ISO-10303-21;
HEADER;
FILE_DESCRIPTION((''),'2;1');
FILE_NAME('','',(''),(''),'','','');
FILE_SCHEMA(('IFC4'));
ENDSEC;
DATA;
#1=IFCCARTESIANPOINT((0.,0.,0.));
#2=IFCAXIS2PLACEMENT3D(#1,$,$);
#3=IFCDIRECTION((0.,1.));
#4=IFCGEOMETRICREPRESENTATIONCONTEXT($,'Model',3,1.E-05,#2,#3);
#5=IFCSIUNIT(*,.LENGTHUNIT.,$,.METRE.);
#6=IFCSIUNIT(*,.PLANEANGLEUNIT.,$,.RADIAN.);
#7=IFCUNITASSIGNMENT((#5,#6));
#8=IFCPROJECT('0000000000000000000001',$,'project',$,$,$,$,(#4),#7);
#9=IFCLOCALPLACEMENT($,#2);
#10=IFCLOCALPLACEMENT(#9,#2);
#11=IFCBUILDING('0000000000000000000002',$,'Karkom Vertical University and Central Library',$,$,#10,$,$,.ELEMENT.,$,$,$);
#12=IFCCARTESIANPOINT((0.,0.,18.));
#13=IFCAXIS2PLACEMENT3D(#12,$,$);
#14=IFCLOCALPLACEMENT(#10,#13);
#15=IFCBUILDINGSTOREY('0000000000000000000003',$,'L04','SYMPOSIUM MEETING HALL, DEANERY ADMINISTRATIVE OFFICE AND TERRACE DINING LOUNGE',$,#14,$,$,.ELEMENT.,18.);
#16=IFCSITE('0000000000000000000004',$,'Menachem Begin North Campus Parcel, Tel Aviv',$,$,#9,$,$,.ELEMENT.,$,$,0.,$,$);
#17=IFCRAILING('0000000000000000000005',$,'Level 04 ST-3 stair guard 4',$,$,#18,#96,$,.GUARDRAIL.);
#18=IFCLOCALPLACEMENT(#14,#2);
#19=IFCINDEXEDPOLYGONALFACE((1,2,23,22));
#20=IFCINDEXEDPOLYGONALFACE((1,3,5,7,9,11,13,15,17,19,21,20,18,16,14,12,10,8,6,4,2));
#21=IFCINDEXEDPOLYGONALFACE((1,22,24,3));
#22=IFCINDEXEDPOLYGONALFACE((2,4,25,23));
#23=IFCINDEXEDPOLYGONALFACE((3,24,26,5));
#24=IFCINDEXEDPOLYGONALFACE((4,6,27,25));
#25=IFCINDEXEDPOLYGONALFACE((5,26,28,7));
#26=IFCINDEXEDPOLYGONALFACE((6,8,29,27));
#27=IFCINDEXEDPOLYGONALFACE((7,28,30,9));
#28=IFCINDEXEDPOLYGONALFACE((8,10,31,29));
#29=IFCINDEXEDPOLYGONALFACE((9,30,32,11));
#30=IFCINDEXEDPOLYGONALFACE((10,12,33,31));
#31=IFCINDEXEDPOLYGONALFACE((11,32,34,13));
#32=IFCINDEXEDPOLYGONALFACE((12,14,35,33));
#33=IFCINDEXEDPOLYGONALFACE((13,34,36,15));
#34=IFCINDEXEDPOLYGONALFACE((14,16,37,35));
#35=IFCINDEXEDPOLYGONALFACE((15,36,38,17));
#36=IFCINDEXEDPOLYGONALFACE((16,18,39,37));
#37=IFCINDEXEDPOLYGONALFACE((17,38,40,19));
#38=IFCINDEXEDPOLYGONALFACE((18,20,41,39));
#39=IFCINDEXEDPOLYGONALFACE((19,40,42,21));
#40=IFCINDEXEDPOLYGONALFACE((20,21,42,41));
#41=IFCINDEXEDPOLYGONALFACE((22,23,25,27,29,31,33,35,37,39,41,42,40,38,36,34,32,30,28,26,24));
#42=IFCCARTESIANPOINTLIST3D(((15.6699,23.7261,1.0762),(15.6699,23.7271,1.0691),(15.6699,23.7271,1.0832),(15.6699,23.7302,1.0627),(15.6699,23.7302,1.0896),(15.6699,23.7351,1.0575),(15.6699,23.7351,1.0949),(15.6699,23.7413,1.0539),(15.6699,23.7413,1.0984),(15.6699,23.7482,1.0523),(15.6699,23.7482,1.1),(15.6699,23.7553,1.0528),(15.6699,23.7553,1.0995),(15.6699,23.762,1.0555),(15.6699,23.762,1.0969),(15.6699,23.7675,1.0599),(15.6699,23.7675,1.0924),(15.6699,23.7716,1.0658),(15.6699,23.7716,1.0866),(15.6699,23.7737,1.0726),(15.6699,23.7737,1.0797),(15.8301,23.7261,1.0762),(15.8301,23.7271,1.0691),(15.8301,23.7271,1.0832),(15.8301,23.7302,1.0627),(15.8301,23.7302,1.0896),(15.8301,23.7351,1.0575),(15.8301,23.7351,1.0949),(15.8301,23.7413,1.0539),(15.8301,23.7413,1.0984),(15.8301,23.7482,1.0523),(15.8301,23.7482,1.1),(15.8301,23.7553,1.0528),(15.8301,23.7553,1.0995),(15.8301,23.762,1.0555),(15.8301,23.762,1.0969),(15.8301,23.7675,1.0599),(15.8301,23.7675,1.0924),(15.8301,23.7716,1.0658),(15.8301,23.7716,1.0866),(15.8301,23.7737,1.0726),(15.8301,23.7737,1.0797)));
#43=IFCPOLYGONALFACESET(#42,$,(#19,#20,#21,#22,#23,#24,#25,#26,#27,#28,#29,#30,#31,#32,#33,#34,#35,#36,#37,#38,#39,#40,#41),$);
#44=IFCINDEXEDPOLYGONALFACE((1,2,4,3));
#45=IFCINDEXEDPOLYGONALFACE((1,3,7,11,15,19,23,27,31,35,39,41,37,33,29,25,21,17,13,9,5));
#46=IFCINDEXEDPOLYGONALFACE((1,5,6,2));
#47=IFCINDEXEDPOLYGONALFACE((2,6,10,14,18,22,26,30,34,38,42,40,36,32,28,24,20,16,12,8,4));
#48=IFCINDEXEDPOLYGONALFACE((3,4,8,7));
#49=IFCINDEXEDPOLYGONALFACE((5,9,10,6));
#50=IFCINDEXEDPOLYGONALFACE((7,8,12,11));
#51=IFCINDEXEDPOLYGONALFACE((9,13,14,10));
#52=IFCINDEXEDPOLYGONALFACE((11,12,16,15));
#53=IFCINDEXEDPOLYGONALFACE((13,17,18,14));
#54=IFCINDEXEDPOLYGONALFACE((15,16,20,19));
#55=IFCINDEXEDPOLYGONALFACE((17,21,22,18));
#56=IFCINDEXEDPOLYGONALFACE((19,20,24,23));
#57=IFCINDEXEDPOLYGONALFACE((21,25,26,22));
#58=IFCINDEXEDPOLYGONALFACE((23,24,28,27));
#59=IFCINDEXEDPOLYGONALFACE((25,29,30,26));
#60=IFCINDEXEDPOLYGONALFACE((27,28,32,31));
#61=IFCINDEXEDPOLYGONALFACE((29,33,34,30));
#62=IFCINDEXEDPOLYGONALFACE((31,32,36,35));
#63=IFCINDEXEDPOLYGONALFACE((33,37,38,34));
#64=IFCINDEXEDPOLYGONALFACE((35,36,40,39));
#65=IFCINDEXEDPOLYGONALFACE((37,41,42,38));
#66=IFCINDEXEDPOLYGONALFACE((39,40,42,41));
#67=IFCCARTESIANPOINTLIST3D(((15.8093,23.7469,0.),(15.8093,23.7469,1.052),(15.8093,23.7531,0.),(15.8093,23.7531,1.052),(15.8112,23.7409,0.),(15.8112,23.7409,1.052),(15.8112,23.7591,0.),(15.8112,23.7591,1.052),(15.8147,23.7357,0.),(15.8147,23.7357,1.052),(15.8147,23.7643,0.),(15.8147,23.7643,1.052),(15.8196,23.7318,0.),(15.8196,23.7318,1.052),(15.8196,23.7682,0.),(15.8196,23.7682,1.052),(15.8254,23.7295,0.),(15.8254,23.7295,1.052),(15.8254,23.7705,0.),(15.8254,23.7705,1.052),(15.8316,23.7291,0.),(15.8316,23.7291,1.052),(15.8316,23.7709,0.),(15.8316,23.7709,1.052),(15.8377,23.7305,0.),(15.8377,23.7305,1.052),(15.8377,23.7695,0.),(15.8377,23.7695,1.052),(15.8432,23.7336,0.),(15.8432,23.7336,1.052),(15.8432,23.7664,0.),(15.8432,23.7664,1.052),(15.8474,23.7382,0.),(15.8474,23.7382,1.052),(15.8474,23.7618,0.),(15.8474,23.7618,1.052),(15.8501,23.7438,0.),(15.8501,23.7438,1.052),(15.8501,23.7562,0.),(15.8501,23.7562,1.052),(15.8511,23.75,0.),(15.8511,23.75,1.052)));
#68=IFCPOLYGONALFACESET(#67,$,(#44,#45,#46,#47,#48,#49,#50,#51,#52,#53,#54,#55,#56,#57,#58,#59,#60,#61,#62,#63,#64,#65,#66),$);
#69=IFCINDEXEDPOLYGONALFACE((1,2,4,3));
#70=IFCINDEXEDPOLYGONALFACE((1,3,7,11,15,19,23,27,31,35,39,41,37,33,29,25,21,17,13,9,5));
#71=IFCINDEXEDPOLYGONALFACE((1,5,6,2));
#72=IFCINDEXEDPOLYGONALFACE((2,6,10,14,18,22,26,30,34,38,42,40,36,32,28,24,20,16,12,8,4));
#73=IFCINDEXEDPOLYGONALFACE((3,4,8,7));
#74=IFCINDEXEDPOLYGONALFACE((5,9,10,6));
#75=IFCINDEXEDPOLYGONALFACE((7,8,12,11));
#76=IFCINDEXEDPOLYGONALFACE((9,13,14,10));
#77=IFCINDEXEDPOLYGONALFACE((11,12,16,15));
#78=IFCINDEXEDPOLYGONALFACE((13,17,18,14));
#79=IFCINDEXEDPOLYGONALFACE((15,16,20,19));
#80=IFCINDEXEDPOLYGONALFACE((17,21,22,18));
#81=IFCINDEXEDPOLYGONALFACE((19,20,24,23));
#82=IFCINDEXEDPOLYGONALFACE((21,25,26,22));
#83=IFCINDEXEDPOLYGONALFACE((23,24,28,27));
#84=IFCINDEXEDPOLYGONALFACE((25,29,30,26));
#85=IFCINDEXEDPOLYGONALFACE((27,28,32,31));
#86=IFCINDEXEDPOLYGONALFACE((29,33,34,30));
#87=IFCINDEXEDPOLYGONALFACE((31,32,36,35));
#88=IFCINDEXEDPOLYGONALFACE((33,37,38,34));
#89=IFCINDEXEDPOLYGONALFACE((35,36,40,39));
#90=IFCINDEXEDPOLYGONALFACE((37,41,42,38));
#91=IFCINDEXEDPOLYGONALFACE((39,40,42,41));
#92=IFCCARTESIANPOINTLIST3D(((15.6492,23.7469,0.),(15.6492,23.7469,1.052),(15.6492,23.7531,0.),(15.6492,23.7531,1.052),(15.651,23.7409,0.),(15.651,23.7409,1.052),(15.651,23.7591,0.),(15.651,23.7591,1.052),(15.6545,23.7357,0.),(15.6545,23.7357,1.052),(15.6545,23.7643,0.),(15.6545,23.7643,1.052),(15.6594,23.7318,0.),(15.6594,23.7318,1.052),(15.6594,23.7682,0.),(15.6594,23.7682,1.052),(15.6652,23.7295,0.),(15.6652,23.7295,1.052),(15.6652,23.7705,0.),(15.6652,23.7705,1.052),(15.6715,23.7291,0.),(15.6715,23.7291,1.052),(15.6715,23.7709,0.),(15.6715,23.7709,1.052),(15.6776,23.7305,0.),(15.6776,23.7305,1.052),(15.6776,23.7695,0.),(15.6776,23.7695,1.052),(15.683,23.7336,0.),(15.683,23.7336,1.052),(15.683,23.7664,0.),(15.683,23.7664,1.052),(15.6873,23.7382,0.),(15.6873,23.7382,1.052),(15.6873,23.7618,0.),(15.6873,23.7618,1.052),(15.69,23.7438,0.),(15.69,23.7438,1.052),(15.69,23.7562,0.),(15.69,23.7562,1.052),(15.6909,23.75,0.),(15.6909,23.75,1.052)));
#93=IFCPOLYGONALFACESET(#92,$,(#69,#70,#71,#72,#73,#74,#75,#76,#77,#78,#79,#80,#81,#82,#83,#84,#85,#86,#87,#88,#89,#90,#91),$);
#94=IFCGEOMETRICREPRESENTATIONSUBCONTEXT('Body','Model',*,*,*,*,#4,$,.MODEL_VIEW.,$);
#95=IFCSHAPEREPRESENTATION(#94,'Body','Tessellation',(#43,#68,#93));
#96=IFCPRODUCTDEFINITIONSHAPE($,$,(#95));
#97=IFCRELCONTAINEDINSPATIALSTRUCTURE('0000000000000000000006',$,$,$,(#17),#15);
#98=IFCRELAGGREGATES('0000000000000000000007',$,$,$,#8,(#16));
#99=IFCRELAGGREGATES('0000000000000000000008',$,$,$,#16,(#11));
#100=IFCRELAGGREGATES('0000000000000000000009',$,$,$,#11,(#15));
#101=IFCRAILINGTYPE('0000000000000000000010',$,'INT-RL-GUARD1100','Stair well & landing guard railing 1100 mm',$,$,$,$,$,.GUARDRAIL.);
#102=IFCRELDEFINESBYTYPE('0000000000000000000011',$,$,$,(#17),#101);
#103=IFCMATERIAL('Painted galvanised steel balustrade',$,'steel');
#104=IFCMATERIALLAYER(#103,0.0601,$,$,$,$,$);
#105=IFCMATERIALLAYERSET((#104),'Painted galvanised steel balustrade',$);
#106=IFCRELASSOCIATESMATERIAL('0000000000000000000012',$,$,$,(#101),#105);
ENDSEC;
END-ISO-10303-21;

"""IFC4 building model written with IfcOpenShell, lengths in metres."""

from ifc_helpers import new_model, si_unit, direction, frame, origin, origin_2d, place, context, subcontext, project, spatial, circle, extrude, material, layer, layer_set, type_object, element, save


model = new_model("IFC4")

# Units and contexts
model_context = context("Model", 3, precision=1e-05, world=origin(), true_north=direction((0.0, 1.0)))
body_context = subcontext(model_context, "Body", "Model", "MODEL_VIEW")
ifc_project = project(units=[si_unit("LENGTHUNIT", "METRE"), si_unit("PLANEANGLEUNIT", "RADIAN")], contexts=[model_context])

# Site, building, storey
site_placement = place(None, origin())
site = spatial("IfcSite", under=ifc_project, at=site_placement, Name="Menachem Begin North Campus Parcel, Tel Aviv", CompositionType="ELEMENT", RefElevation=0.0)
building_placement = place(site_placement, origin())
building = spatial("IfcBuilding", under=site, at=building_placement, Name="Karkom Vertical University and Central Library", CompositionType="ELEMENT")
storey_placement = place(building_placement, frame((0.0, 0.0, 18.0)))
storey = spatial("IfcBuildingStorey", under=building, at=storey_placement, Name="L04", Description="SYMPOSIUM MEETING HALL, DEANERY ADMINISTRATIVE OFFICE AND TERRACE DINING LOUNGE", CompositionType="ELEMENT", Elevation=18.0)

# Railing
ifc_material_1 = material(Name="Painted galvanised steel balustrade", Category="steel")
ifc_layer_1 = layer(ifc_material_1, 0.0601)
ifc_layer_set_1 = layer_set([ifc_layer_1], Name="Painted galvanised steel balustrade")
railing_type_1 = type_object("IfcRailingType", Name="INT-RL-GUARD1100", Description="Stair well & landing guard railing 1100 mm", PredefinedType="GUARDRAIL", material=ifc_layer_set_1)
railing_1_placement = place(storey_placement, frame((15.8301, 23.75, 0.0)))
element("IfcRailing", 1, at=railing_1_placement, inside=storey, type_object=railing_type_1, Name="Level 04 ST-3 stair guard 4", PredefinedType="GUARDRAIL", context=body_context, shape_type="SweptSolid", body=[
    extrude(circle(Radius=0.0239, at=origin_2d()), frame((0.0, 0.0, 1.0762), z_axis=(-1.0, 0.0, 0.0), x_axis=(0.0, -1.0, 0.0)), (0.0, 0.0, 1.0), 0.1602),
    extrude(circle(Radius=0.021, at=origin_2d()), origin(), (0.0, 0.0, 1.0), 1.052),
    extrude(circle(Radius=0.021, at=origin_2d()), frame((-0.1602, 0.0, 0.0)), (0.0, 0.0, 1.0), 1.052),
])

save(model, "model.ifc")
